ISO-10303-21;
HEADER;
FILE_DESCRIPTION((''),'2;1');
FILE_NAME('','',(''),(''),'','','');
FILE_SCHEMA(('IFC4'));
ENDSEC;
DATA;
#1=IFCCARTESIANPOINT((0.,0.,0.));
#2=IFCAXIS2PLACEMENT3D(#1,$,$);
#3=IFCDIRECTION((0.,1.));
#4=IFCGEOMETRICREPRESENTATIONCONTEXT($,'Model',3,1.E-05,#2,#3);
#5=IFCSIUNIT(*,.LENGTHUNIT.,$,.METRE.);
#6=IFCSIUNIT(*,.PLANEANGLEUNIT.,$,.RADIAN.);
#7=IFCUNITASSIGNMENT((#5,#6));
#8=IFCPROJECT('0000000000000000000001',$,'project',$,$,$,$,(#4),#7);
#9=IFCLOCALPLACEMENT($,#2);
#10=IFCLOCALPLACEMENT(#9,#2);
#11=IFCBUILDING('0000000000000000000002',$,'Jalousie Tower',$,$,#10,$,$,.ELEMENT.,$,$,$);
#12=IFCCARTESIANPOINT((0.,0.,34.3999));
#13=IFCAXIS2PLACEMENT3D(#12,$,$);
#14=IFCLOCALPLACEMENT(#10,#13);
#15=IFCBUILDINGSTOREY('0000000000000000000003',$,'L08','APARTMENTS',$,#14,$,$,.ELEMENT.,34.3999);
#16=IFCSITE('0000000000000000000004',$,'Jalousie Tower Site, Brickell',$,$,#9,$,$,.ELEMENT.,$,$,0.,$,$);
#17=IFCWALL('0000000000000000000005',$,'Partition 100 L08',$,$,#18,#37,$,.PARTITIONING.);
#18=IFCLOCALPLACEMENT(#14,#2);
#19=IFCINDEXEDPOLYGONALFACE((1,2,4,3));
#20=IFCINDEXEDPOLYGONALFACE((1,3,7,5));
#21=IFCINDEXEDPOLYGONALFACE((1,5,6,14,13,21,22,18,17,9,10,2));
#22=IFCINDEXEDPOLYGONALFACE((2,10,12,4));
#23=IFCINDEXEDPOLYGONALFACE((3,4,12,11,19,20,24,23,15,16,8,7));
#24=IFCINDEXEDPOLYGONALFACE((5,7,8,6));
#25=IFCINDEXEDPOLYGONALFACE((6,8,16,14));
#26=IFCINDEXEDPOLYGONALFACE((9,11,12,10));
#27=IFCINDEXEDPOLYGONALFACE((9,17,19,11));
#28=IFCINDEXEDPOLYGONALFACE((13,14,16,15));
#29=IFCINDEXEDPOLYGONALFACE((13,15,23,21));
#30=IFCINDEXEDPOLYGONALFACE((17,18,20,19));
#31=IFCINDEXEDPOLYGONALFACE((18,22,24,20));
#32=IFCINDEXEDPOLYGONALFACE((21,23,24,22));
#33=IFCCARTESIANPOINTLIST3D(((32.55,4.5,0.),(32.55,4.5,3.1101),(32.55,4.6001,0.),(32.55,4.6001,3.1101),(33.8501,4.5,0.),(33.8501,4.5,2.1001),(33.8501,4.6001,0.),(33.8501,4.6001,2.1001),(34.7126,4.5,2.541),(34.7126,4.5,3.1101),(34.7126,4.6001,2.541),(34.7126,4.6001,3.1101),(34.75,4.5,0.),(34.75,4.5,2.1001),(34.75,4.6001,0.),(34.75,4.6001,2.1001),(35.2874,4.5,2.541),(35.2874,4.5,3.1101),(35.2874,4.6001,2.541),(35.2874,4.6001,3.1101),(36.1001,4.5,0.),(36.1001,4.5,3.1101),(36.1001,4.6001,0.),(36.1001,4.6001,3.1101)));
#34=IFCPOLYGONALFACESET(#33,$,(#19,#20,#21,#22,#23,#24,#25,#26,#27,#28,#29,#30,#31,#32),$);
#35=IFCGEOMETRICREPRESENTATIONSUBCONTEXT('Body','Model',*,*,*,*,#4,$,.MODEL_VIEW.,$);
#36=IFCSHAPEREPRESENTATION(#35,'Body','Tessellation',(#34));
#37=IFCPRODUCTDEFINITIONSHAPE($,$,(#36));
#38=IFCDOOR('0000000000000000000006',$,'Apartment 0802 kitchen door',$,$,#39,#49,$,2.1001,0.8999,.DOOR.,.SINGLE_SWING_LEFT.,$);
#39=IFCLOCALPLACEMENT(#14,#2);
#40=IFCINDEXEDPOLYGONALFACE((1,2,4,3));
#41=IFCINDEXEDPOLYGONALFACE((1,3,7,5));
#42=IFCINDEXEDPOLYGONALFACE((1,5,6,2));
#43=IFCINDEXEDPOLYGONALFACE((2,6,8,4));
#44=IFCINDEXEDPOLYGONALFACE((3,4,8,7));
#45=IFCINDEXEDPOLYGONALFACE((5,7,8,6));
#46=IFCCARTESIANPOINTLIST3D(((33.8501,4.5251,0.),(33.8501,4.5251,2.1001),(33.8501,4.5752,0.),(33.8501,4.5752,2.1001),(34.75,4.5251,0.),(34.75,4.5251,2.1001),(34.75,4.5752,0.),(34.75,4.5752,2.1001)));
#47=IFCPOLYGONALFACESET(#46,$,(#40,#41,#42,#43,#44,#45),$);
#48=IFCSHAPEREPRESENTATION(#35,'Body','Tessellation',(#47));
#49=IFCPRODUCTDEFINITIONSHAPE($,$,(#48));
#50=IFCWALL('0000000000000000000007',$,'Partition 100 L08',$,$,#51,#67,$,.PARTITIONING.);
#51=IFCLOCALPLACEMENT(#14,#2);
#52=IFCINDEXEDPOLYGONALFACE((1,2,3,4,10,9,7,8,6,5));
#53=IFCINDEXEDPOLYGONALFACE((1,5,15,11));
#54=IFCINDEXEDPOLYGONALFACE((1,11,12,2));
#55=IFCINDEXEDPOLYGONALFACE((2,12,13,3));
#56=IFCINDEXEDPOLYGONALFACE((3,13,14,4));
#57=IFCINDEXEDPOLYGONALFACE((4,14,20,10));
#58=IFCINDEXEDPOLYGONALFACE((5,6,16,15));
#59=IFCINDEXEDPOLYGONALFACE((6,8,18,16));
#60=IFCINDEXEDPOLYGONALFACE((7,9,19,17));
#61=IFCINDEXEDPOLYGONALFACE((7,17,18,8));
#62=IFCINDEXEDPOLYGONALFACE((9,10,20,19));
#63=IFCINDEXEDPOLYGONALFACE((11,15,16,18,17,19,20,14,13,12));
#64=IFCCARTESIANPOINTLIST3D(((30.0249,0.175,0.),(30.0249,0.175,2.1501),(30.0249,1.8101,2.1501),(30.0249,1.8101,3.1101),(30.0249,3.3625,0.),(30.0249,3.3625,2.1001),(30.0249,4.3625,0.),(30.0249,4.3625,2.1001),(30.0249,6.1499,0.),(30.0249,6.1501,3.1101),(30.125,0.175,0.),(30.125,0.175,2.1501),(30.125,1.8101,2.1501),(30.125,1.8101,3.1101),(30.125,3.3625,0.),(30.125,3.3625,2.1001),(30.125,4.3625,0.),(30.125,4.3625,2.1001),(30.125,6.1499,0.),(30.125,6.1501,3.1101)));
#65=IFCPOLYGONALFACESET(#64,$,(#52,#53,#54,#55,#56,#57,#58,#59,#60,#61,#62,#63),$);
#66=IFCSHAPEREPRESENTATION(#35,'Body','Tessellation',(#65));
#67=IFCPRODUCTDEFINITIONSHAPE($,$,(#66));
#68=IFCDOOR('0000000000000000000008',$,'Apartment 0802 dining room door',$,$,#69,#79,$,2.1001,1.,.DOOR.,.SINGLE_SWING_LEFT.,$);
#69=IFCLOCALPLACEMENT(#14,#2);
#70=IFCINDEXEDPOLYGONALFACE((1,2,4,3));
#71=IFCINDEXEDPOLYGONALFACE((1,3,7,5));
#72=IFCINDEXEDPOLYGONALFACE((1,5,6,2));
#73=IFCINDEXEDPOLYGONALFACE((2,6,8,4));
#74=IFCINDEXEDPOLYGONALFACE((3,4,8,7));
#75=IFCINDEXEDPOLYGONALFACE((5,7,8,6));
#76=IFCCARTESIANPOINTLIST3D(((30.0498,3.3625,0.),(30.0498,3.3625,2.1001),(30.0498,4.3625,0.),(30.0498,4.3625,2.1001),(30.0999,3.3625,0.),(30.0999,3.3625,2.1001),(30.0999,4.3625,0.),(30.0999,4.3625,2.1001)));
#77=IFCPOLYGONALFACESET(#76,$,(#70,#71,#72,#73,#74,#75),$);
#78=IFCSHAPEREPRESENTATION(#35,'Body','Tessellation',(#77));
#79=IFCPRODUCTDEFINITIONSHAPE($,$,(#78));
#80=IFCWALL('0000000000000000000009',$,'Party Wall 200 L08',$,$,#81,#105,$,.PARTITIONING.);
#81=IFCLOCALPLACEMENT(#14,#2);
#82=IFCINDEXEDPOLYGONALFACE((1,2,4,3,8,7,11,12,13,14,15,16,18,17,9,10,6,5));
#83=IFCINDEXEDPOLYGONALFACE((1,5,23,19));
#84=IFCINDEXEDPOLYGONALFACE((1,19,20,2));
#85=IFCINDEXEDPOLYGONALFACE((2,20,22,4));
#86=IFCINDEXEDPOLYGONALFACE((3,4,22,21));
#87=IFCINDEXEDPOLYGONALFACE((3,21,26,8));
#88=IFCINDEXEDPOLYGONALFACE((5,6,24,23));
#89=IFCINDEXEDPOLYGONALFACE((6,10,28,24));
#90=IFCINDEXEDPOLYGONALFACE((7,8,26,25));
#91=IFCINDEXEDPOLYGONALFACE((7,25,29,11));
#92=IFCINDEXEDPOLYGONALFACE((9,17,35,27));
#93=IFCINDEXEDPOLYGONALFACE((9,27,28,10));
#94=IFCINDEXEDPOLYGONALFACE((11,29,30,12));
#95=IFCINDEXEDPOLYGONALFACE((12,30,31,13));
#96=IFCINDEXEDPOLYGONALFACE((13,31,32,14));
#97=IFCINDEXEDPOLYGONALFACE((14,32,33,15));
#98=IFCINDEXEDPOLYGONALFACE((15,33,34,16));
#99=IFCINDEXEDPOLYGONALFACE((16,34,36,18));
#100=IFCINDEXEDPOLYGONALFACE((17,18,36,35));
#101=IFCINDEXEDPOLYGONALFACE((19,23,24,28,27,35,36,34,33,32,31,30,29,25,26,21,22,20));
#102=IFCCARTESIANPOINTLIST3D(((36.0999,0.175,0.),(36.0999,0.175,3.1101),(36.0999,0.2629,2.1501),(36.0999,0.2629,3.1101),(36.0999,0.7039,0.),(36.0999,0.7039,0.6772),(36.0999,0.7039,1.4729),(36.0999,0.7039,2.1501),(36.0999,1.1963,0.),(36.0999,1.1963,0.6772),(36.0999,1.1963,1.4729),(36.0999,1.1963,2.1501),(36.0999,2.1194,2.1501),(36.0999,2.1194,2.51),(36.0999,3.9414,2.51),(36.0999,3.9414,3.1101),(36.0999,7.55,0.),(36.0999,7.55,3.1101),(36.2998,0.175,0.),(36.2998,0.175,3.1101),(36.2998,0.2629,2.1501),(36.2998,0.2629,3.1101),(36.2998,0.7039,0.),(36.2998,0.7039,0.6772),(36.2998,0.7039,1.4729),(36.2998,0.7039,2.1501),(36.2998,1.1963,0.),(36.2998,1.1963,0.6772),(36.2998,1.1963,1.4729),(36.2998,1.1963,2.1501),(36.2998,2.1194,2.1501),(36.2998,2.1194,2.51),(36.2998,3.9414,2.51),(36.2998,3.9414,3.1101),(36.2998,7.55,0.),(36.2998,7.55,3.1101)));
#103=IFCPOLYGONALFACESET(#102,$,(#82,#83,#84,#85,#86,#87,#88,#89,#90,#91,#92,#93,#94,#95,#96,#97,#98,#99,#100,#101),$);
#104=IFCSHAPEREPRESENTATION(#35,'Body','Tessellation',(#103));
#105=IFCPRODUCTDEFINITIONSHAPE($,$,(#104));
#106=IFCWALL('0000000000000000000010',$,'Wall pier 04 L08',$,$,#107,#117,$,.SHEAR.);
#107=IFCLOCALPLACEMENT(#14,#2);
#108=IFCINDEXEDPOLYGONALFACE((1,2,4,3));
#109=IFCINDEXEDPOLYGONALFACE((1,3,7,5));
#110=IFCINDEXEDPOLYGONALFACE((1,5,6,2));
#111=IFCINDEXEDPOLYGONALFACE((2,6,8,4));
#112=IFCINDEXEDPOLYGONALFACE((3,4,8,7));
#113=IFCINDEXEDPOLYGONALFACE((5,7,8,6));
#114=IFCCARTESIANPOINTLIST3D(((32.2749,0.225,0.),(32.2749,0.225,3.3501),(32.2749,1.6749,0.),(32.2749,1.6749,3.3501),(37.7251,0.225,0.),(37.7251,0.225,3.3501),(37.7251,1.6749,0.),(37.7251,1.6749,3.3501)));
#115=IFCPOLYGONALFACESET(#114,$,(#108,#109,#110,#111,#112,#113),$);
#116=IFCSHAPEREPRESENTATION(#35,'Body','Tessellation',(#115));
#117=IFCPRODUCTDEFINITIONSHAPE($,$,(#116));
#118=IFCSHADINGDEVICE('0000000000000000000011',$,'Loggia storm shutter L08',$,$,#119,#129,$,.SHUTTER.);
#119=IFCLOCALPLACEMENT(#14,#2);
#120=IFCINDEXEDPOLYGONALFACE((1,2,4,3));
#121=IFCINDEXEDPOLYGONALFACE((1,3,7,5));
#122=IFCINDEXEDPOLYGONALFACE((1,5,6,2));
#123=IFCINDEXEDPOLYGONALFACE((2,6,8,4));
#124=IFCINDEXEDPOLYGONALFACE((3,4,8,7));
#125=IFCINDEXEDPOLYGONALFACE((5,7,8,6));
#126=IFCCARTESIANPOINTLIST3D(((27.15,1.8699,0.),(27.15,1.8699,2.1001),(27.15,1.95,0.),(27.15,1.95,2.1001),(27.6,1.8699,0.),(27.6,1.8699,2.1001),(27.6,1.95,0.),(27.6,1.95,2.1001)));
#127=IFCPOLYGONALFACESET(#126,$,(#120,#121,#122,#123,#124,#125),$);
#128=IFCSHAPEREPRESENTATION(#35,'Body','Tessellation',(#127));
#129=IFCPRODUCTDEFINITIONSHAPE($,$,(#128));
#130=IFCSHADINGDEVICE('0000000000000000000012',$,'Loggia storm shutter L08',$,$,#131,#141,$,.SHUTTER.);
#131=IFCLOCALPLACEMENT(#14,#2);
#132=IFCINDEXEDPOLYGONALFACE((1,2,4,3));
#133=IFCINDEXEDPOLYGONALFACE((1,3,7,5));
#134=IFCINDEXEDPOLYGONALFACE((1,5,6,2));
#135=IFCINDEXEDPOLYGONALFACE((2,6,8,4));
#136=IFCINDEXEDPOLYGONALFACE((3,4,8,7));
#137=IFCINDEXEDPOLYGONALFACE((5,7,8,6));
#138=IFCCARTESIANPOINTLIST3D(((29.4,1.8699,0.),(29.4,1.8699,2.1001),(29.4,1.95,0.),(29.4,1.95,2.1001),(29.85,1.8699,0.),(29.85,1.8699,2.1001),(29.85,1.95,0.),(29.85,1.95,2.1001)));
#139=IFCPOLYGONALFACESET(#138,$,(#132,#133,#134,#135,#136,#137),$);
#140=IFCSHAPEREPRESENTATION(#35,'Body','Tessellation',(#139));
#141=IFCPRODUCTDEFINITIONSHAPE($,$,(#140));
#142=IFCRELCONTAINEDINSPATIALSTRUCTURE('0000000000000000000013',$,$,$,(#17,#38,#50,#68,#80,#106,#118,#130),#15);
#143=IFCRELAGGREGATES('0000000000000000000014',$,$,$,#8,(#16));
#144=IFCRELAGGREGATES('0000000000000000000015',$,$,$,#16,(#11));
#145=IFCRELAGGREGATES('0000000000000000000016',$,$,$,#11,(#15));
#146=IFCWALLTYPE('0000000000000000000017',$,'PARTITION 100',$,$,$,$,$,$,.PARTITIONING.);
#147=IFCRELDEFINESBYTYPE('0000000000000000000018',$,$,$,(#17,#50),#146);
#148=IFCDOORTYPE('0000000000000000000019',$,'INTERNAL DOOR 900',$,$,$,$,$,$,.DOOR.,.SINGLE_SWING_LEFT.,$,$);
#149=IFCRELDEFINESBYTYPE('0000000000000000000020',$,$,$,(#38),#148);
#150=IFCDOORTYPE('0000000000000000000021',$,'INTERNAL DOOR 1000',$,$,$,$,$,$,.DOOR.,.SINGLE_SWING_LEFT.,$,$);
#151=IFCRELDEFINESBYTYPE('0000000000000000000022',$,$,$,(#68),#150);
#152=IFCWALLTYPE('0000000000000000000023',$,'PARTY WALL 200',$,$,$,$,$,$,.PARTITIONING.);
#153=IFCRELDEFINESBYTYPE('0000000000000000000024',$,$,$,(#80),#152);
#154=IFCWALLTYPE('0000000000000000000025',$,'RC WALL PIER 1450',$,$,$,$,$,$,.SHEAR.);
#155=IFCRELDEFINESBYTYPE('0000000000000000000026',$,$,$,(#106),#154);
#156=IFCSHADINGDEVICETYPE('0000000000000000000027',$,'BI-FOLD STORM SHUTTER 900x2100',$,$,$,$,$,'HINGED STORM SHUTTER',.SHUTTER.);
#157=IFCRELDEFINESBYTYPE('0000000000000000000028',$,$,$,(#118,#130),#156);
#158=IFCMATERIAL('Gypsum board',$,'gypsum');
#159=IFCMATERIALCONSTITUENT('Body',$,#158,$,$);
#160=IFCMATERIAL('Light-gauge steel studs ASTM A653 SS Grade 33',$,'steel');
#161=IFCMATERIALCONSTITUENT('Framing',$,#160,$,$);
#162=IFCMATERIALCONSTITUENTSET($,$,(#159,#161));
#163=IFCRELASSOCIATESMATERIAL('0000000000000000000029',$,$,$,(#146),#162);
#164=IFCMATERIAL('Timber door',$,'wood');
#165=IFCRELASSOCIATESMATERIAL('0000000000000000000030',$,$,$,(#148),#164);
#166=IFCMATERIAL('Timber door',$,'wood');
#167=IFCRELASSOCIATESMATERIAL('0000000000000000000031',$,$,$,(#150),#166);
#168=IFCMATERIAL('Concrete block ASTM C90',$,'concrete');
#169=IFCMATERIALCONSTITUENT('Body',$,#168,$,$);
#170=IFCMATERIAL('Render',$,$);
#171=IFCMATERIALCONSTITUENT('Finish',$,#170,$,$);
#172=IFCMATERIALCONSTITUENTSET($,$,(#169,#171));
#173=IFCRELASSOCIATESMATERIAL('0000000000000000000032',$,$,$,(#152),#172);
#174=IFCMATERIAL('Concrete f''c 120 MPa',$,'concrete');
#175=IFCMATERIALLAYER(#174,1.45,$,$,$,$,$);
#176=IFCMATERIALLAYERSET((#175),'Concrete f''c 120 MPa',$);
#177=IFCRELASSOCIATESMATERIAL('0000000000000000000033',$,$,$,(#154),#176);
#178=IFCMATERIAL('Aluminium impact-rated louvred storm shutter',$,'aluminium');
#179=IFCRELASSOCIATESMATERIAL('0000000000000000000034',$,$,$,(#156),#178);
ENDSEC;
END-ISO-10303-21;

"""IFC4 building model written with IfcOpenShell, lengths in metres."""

from ifc_helpers import new_model, si_unit, direction, frame, frame_2d, origin, origin_2d, place, context, subcontext, project, spatial, polyline, rectangle, outline, extrude, material, layer, layer_set, constituent, constituent_set, type_object, element, fill, save


model = new_model("IFC4")

# Units and contexts
model_context = context("Model", 3, precision=1e-05, world=origin(), true_north=direction((0.0, 1.0)))
body_context = subcontext(model_context, "Body", "Model", "MODEL_VIEW")
ifc_project = project(units=[si_unit("LENGTHUNIT", "METRE"), si_unit("PLANEANGLEUNIT", "RADIAN")], contexts=[model_context])

# Site, building, storey
site_placement = place(None, origin())
site = spatial("IfcSite", under=ifc_project, at=site_placement, Name="Jalousie Tower Site, Brickell", CompositionType="ELEMENT", RefElevation=0.0)
building_placement = place(site_placement, origin())
building = spatial("IfcBuilding", under=site, at=building_placement, Name="Jalousie Tower", CompositionType="ELEMENT")
storey_placement = place(building_placement, frame((0.0, 0.0, 34.3999)))
storey = spatial("IfcBuildingStorey", under=building, at=storey_placement, Name="L08", Description="APARTMENTS", CompositionType="ELEMENT", Elevation=34.3999)

# Walls, openings, doors
ifc_material_1 = material(Name="Gypsum board", Category="gypsum")
ifc_constituent_1 = constituent(ifc_material_1, Name="Body")
ifc_material_2 = material(Name="Light-gauge steel studs ASTM A653 SS Grade 33", Category="steel")
ifc_constituent_2 = constituent(ifc_material_2, Name="Framing")
ifc_constituent_set_1 = constituent_set(constituents=[ifc_constituent_1, ifc_constituent_2])
wall_type_1 = type_object("IfcWallType", Name="PARTITION 100", PredefinedType="PARTITIONING", material=ifc_constituent_set_1)
wall_1_placement = place(storey_placement, frame((32.55, 4.55, 0.0), z_axis=(0.0, 0.0, 1.0), x_axis=(1.0, 0.0, 0.0)))
wall_1 = element("IfcWall", 1, at=wall_1_placement, inside=storey, type_object=wall_type_1, Name="Partition 100 L08", PredefinedType="PARTITIONING", context=body_context, shape_type="SweptSolid", body=[
    extrude(outline(polyline([(0.0, 0.0), (3.55, 0.0), (3.55, 3.1101), (2.7373, 3.1101), (2.7373, 2.541), (2.1626, 2.541), (2.1626, 3.1101), (0.0, 3.1101), (0.0, 0.0)])), frame((0.0, 0.05, 0.0), z_axis=(0.0, -1.0, 0.0), x_axis=(1.0, 0.0, 0.0)), (0.0, 0.0, 1.0), 0.1001),
])
opening_1_placement = place(wall_1_placement, frame((1.3, 0.0, 0.0)))
opening_1 = element("IfcOpeningElement", 2, at=opening_1_placement, cuts=wall_1, PredefinedType="OPENING", context=body_context, shape_type="SweptSolid", body=[
    extrude(rectangle(XDim=0.8999, YDim=2.1001, at=frame_2d((0.45, 1.05))), frame((0.0, 0.0601, 0.0), z_axis=(0.0, -1.0, 0.0), x_axis=(1.0, 0.0, 0.0)), (0.0, 0.0, 1.0), 0.1201),
])
ifc_material_3 = material(Name="Timber door", Category="wood")
door_type_1 = type_object("IfcDoorType", Name="INTERNAL DOOR 900", OperationType="SINGLE_SWING_LEFT", PredefinedType="DOOR", material=ifc_material_3)
door_1_placement = place(opening_1_placement, frame((0.8999, 0.0, 0.0), z_axis=(0.0, 0.0, 1.0), x_axis=(-1.0, 0.0, 0.0)))
door_1 = element("IfcDoor", 3, at=door_1_placement, inside=storey, type_object=door_type_1, Name="Apartment 0802 kitchen door", OperationType="SINGLE_SWING_LEFT", OverallHeight=2.1001, OverallWidth=0.8999, PredefinedType="DOOR", context=body_context, shape_type="SweptSolid", body=[
    extrude(rectangle(XDim=0.8999, YDim=2.1001, at=frame_2d((0.45, 1.05))), frame((0.0, 0.0249, 0.0), z_axis=(0.0, -1.0, 0.0), x_axis=(1.0, 0.0, 0.0)), (0.0, 0.0, 1.0), 0.05),
])
fill(opening_1, door_1)
wall_2_placement = place(storey_placement, frame((30.075, 0.175, 0.0), z_axis=(0.0, 0.0, 1.0), x_axis=(0.0, 1.0, 0.0)))
wall_2 = element("IfcWall", 4, at=wall_2_placement, inside=storey, type_object=wall_type_1, Name="Partition 100 L08", PredefinedType="PARTITIONING", context=body_context, shape_type="SweptSolid", body=[
    extrude(outline(polyline([(0.0, 0.0), (5.9749, 0.0), (5.9751, 3.1101), (1.635, 3.1101), (1.635, 2.1501), (0.0, 2.1501), (0.0, 3.1101), (0.0, 0.0)])), frame((0.0, 0.05, 0.0), z_axis=(0.0, -1.0, 0.0), x_axis=(1.0, 0.0, 0.0)), (0.0, 0.0, 1.0), 0.1001),
])
opening_2_placement = place(wall_2_placement, frame((3.1875, 0.0, 0.0)))
opening_2 = element("IfcOpeningElement", 5, at=opening_2_placement, cuts=wall_2, PredefinedType="OPENING", context=body_context, shape_type="SweptSolid", body=[
    extrude(rectangle(XDim=1.0, YDim=2.1001, at=frame_2d((0.5, 1.05))), frame((0.0, 0.0601, 0.0), z_axis=(0.0, -1.0, 0.0), x_axis=(1.0, 0.0, 0.0)), (0.0, 0.0, 1.0), 0.1201),
])
ifc_material_4 = material(Name="Timber door", Category="wood")
door_type_2 = type_object("IfcDoorType", Name="INTERNAL DOOR 1000", OperationType="SINGLE_SWING_LEFT", PredefinedType="DOOR", material=ifc_material_4)
door_2_placement = place(opening_2_placement, frame((1.0, 0.0, 0.0), z_axis=(0.0, 0.0, 1.0), x_axis=(-1.0, 0.0, 0.0)))
door_2 = element("IfcDoor", 6, at=door_2_placement, inside=storey, type_object=door_type_2, Name="Apartment 0802 dining room door", OperationType="SINGLE_SWING_LEFT", OverallHeight=2.1001, OverallWidth=1.0, PredefinedType="DOOR", context=body_context, shape_type="SweptSolid", body=[
    extrude(rectangle(XDim=1.0, YDim=2.1001, at=frame_2d((0.5, 1.05))), frame((0.0, 0.0249, 0.0), z_axis=(0.0, -1.0, 0.0), x_axis=(1.0, 0.0, 0.0)), (0.0, 0.0, 1.0), 0.05),
])
fill(opening_2, door_2)

# Walls
ifc_material_5 = material(Name="Concrete block ASTM C90", Category="concrete")
ifc_constituent_3 = constituent(ifc_material_5, Name="Body")
ifc_material_6 = material(Name="Render")
ifc_constituent_4 = constituent(ifc_material_6, Name="Finish")
ifc_constituent_set_2 = constituent_set(constituents=[ifc_constituent_3, ifc_constituent_4])
wall_type_2 = type_object("IfcWallType", Name="PARTY WALL 200", PredefinedType="PARTITIONING", material=ifc_constituent_set_2)
wall_3_placement = place(storey_placement, frame((36.2, 0.175, 0.0), z_axis=(0.0, 0.0, 1.0), x_axis=(0.0, 1.0, 0.0)))
element("IfcWall", 7, at=wall_3_placement, inside=storey, type_object=wall_type_2, Name="Party Wall 200 L08", PredefinedType="PARTITIONING", context=body_context, shape_type="SweptSolid", body=[
    extrude(outline(polyline([(0.0879, 3.1101), (0.0, 3.1101), (0.0, 0.0), (0.5288, 0.0), (0.5288, 0.6772), (1.0212, 0.6772), (1.0212, 0.0), (7.375, 0.0), (7.375, 3.1101), (3.7664, 3.1101), (3.7664, 2.51), (1.9443, 2.51), (1.9443, 2.1501), (1.0212, 2.1501), (1.0212, 1.4729), (0.5288, 1.4729), (0.5288, 2.1501), (0.0879, 2.1501), (0.0879, 3.1101)])), frame((0.0, 0.1001, 0.0), z_axis=(0.0, -1.0, 0.0), x_axis=(1.0, 0.0, 0.0)), (0.0, 0.0, 1.0), 0.2),
])
ifc_material_7 = material(Name="Concrete f'c 120 MPa", Category="concrete")
ifc_layer_1 = layer(ifc_material_7, 1.45)
ifc_layer_set_1 = layer_set([ifc_layer_1], Name="Concrete f'c 120 MPa")
wall_type_3 = type_object("IfcWallType", Name="RC WALL PIER 1450", PredefinedType="SHEAR", material=ifc_layer_set_1)
wall_4_placement = place(storey_placement, frame((32.2749, 0.95, 0.0), z_axis=(0.0, 0.0, 1.0), x_axis=(1.0, 0.0, 0.0)))
element("IfcWall", 8, at=wall_4_placement, inside=storey, type_object=wall_type_3, Name="Wall pier 04 L08", PredefinedType="SHEAR", context=body_context, shape_type="SweptSolid", body=[
    extrude(rectangle(XDim=5.4502, YDim=1.45, at=frame_2d((2.7251, 0.0))), origin(), (0.0, 0.0, 1.0), 3.3501),
])

# Shading devices
ifc_material_8 = material(Name="Aluminium impact-rated louvred storm shutter", Category="aluminium")
shading_device_type_1 = type_object("IfcShadingDeviceType", Name="BI-FOLD STORM SHUTTER 900x2100", ElementType="HINGED STORM SHUTTER", PredefinedType="SHUTTER", material=ifc_material_8)
for number, where, z_axis, x_axis, name in (
    (9, (27.375, 1.9099, 0.0), (0.0, 0.0, 1.0), (1.0, 0.0, 0.0), "Loggia storm shutter L08"),
    (10, (29.625, 1.9099, 0.0), (0.0, 0.0, 1.0), (1.0, 0.0, 0.0), "Loggia storm shutter L08"),
):
    element("IfcShadingDevice", number, at=place(storey_placement, frame(where, z_axis=z_axis, x_axis=x_axis)), inside=storey, type_object=shading_device_type_1, Name=name, PredefinedType="SHUTTER", context=body_context, shape_type="SweptSolid", body=[
        extrude(rectangle(XDim=0.45, YDim=0.0801, at=origin_2d()), origin(), (0.0, 0.0, 1.0), 2.1001),
    ])

save(model, "model.ifc")
